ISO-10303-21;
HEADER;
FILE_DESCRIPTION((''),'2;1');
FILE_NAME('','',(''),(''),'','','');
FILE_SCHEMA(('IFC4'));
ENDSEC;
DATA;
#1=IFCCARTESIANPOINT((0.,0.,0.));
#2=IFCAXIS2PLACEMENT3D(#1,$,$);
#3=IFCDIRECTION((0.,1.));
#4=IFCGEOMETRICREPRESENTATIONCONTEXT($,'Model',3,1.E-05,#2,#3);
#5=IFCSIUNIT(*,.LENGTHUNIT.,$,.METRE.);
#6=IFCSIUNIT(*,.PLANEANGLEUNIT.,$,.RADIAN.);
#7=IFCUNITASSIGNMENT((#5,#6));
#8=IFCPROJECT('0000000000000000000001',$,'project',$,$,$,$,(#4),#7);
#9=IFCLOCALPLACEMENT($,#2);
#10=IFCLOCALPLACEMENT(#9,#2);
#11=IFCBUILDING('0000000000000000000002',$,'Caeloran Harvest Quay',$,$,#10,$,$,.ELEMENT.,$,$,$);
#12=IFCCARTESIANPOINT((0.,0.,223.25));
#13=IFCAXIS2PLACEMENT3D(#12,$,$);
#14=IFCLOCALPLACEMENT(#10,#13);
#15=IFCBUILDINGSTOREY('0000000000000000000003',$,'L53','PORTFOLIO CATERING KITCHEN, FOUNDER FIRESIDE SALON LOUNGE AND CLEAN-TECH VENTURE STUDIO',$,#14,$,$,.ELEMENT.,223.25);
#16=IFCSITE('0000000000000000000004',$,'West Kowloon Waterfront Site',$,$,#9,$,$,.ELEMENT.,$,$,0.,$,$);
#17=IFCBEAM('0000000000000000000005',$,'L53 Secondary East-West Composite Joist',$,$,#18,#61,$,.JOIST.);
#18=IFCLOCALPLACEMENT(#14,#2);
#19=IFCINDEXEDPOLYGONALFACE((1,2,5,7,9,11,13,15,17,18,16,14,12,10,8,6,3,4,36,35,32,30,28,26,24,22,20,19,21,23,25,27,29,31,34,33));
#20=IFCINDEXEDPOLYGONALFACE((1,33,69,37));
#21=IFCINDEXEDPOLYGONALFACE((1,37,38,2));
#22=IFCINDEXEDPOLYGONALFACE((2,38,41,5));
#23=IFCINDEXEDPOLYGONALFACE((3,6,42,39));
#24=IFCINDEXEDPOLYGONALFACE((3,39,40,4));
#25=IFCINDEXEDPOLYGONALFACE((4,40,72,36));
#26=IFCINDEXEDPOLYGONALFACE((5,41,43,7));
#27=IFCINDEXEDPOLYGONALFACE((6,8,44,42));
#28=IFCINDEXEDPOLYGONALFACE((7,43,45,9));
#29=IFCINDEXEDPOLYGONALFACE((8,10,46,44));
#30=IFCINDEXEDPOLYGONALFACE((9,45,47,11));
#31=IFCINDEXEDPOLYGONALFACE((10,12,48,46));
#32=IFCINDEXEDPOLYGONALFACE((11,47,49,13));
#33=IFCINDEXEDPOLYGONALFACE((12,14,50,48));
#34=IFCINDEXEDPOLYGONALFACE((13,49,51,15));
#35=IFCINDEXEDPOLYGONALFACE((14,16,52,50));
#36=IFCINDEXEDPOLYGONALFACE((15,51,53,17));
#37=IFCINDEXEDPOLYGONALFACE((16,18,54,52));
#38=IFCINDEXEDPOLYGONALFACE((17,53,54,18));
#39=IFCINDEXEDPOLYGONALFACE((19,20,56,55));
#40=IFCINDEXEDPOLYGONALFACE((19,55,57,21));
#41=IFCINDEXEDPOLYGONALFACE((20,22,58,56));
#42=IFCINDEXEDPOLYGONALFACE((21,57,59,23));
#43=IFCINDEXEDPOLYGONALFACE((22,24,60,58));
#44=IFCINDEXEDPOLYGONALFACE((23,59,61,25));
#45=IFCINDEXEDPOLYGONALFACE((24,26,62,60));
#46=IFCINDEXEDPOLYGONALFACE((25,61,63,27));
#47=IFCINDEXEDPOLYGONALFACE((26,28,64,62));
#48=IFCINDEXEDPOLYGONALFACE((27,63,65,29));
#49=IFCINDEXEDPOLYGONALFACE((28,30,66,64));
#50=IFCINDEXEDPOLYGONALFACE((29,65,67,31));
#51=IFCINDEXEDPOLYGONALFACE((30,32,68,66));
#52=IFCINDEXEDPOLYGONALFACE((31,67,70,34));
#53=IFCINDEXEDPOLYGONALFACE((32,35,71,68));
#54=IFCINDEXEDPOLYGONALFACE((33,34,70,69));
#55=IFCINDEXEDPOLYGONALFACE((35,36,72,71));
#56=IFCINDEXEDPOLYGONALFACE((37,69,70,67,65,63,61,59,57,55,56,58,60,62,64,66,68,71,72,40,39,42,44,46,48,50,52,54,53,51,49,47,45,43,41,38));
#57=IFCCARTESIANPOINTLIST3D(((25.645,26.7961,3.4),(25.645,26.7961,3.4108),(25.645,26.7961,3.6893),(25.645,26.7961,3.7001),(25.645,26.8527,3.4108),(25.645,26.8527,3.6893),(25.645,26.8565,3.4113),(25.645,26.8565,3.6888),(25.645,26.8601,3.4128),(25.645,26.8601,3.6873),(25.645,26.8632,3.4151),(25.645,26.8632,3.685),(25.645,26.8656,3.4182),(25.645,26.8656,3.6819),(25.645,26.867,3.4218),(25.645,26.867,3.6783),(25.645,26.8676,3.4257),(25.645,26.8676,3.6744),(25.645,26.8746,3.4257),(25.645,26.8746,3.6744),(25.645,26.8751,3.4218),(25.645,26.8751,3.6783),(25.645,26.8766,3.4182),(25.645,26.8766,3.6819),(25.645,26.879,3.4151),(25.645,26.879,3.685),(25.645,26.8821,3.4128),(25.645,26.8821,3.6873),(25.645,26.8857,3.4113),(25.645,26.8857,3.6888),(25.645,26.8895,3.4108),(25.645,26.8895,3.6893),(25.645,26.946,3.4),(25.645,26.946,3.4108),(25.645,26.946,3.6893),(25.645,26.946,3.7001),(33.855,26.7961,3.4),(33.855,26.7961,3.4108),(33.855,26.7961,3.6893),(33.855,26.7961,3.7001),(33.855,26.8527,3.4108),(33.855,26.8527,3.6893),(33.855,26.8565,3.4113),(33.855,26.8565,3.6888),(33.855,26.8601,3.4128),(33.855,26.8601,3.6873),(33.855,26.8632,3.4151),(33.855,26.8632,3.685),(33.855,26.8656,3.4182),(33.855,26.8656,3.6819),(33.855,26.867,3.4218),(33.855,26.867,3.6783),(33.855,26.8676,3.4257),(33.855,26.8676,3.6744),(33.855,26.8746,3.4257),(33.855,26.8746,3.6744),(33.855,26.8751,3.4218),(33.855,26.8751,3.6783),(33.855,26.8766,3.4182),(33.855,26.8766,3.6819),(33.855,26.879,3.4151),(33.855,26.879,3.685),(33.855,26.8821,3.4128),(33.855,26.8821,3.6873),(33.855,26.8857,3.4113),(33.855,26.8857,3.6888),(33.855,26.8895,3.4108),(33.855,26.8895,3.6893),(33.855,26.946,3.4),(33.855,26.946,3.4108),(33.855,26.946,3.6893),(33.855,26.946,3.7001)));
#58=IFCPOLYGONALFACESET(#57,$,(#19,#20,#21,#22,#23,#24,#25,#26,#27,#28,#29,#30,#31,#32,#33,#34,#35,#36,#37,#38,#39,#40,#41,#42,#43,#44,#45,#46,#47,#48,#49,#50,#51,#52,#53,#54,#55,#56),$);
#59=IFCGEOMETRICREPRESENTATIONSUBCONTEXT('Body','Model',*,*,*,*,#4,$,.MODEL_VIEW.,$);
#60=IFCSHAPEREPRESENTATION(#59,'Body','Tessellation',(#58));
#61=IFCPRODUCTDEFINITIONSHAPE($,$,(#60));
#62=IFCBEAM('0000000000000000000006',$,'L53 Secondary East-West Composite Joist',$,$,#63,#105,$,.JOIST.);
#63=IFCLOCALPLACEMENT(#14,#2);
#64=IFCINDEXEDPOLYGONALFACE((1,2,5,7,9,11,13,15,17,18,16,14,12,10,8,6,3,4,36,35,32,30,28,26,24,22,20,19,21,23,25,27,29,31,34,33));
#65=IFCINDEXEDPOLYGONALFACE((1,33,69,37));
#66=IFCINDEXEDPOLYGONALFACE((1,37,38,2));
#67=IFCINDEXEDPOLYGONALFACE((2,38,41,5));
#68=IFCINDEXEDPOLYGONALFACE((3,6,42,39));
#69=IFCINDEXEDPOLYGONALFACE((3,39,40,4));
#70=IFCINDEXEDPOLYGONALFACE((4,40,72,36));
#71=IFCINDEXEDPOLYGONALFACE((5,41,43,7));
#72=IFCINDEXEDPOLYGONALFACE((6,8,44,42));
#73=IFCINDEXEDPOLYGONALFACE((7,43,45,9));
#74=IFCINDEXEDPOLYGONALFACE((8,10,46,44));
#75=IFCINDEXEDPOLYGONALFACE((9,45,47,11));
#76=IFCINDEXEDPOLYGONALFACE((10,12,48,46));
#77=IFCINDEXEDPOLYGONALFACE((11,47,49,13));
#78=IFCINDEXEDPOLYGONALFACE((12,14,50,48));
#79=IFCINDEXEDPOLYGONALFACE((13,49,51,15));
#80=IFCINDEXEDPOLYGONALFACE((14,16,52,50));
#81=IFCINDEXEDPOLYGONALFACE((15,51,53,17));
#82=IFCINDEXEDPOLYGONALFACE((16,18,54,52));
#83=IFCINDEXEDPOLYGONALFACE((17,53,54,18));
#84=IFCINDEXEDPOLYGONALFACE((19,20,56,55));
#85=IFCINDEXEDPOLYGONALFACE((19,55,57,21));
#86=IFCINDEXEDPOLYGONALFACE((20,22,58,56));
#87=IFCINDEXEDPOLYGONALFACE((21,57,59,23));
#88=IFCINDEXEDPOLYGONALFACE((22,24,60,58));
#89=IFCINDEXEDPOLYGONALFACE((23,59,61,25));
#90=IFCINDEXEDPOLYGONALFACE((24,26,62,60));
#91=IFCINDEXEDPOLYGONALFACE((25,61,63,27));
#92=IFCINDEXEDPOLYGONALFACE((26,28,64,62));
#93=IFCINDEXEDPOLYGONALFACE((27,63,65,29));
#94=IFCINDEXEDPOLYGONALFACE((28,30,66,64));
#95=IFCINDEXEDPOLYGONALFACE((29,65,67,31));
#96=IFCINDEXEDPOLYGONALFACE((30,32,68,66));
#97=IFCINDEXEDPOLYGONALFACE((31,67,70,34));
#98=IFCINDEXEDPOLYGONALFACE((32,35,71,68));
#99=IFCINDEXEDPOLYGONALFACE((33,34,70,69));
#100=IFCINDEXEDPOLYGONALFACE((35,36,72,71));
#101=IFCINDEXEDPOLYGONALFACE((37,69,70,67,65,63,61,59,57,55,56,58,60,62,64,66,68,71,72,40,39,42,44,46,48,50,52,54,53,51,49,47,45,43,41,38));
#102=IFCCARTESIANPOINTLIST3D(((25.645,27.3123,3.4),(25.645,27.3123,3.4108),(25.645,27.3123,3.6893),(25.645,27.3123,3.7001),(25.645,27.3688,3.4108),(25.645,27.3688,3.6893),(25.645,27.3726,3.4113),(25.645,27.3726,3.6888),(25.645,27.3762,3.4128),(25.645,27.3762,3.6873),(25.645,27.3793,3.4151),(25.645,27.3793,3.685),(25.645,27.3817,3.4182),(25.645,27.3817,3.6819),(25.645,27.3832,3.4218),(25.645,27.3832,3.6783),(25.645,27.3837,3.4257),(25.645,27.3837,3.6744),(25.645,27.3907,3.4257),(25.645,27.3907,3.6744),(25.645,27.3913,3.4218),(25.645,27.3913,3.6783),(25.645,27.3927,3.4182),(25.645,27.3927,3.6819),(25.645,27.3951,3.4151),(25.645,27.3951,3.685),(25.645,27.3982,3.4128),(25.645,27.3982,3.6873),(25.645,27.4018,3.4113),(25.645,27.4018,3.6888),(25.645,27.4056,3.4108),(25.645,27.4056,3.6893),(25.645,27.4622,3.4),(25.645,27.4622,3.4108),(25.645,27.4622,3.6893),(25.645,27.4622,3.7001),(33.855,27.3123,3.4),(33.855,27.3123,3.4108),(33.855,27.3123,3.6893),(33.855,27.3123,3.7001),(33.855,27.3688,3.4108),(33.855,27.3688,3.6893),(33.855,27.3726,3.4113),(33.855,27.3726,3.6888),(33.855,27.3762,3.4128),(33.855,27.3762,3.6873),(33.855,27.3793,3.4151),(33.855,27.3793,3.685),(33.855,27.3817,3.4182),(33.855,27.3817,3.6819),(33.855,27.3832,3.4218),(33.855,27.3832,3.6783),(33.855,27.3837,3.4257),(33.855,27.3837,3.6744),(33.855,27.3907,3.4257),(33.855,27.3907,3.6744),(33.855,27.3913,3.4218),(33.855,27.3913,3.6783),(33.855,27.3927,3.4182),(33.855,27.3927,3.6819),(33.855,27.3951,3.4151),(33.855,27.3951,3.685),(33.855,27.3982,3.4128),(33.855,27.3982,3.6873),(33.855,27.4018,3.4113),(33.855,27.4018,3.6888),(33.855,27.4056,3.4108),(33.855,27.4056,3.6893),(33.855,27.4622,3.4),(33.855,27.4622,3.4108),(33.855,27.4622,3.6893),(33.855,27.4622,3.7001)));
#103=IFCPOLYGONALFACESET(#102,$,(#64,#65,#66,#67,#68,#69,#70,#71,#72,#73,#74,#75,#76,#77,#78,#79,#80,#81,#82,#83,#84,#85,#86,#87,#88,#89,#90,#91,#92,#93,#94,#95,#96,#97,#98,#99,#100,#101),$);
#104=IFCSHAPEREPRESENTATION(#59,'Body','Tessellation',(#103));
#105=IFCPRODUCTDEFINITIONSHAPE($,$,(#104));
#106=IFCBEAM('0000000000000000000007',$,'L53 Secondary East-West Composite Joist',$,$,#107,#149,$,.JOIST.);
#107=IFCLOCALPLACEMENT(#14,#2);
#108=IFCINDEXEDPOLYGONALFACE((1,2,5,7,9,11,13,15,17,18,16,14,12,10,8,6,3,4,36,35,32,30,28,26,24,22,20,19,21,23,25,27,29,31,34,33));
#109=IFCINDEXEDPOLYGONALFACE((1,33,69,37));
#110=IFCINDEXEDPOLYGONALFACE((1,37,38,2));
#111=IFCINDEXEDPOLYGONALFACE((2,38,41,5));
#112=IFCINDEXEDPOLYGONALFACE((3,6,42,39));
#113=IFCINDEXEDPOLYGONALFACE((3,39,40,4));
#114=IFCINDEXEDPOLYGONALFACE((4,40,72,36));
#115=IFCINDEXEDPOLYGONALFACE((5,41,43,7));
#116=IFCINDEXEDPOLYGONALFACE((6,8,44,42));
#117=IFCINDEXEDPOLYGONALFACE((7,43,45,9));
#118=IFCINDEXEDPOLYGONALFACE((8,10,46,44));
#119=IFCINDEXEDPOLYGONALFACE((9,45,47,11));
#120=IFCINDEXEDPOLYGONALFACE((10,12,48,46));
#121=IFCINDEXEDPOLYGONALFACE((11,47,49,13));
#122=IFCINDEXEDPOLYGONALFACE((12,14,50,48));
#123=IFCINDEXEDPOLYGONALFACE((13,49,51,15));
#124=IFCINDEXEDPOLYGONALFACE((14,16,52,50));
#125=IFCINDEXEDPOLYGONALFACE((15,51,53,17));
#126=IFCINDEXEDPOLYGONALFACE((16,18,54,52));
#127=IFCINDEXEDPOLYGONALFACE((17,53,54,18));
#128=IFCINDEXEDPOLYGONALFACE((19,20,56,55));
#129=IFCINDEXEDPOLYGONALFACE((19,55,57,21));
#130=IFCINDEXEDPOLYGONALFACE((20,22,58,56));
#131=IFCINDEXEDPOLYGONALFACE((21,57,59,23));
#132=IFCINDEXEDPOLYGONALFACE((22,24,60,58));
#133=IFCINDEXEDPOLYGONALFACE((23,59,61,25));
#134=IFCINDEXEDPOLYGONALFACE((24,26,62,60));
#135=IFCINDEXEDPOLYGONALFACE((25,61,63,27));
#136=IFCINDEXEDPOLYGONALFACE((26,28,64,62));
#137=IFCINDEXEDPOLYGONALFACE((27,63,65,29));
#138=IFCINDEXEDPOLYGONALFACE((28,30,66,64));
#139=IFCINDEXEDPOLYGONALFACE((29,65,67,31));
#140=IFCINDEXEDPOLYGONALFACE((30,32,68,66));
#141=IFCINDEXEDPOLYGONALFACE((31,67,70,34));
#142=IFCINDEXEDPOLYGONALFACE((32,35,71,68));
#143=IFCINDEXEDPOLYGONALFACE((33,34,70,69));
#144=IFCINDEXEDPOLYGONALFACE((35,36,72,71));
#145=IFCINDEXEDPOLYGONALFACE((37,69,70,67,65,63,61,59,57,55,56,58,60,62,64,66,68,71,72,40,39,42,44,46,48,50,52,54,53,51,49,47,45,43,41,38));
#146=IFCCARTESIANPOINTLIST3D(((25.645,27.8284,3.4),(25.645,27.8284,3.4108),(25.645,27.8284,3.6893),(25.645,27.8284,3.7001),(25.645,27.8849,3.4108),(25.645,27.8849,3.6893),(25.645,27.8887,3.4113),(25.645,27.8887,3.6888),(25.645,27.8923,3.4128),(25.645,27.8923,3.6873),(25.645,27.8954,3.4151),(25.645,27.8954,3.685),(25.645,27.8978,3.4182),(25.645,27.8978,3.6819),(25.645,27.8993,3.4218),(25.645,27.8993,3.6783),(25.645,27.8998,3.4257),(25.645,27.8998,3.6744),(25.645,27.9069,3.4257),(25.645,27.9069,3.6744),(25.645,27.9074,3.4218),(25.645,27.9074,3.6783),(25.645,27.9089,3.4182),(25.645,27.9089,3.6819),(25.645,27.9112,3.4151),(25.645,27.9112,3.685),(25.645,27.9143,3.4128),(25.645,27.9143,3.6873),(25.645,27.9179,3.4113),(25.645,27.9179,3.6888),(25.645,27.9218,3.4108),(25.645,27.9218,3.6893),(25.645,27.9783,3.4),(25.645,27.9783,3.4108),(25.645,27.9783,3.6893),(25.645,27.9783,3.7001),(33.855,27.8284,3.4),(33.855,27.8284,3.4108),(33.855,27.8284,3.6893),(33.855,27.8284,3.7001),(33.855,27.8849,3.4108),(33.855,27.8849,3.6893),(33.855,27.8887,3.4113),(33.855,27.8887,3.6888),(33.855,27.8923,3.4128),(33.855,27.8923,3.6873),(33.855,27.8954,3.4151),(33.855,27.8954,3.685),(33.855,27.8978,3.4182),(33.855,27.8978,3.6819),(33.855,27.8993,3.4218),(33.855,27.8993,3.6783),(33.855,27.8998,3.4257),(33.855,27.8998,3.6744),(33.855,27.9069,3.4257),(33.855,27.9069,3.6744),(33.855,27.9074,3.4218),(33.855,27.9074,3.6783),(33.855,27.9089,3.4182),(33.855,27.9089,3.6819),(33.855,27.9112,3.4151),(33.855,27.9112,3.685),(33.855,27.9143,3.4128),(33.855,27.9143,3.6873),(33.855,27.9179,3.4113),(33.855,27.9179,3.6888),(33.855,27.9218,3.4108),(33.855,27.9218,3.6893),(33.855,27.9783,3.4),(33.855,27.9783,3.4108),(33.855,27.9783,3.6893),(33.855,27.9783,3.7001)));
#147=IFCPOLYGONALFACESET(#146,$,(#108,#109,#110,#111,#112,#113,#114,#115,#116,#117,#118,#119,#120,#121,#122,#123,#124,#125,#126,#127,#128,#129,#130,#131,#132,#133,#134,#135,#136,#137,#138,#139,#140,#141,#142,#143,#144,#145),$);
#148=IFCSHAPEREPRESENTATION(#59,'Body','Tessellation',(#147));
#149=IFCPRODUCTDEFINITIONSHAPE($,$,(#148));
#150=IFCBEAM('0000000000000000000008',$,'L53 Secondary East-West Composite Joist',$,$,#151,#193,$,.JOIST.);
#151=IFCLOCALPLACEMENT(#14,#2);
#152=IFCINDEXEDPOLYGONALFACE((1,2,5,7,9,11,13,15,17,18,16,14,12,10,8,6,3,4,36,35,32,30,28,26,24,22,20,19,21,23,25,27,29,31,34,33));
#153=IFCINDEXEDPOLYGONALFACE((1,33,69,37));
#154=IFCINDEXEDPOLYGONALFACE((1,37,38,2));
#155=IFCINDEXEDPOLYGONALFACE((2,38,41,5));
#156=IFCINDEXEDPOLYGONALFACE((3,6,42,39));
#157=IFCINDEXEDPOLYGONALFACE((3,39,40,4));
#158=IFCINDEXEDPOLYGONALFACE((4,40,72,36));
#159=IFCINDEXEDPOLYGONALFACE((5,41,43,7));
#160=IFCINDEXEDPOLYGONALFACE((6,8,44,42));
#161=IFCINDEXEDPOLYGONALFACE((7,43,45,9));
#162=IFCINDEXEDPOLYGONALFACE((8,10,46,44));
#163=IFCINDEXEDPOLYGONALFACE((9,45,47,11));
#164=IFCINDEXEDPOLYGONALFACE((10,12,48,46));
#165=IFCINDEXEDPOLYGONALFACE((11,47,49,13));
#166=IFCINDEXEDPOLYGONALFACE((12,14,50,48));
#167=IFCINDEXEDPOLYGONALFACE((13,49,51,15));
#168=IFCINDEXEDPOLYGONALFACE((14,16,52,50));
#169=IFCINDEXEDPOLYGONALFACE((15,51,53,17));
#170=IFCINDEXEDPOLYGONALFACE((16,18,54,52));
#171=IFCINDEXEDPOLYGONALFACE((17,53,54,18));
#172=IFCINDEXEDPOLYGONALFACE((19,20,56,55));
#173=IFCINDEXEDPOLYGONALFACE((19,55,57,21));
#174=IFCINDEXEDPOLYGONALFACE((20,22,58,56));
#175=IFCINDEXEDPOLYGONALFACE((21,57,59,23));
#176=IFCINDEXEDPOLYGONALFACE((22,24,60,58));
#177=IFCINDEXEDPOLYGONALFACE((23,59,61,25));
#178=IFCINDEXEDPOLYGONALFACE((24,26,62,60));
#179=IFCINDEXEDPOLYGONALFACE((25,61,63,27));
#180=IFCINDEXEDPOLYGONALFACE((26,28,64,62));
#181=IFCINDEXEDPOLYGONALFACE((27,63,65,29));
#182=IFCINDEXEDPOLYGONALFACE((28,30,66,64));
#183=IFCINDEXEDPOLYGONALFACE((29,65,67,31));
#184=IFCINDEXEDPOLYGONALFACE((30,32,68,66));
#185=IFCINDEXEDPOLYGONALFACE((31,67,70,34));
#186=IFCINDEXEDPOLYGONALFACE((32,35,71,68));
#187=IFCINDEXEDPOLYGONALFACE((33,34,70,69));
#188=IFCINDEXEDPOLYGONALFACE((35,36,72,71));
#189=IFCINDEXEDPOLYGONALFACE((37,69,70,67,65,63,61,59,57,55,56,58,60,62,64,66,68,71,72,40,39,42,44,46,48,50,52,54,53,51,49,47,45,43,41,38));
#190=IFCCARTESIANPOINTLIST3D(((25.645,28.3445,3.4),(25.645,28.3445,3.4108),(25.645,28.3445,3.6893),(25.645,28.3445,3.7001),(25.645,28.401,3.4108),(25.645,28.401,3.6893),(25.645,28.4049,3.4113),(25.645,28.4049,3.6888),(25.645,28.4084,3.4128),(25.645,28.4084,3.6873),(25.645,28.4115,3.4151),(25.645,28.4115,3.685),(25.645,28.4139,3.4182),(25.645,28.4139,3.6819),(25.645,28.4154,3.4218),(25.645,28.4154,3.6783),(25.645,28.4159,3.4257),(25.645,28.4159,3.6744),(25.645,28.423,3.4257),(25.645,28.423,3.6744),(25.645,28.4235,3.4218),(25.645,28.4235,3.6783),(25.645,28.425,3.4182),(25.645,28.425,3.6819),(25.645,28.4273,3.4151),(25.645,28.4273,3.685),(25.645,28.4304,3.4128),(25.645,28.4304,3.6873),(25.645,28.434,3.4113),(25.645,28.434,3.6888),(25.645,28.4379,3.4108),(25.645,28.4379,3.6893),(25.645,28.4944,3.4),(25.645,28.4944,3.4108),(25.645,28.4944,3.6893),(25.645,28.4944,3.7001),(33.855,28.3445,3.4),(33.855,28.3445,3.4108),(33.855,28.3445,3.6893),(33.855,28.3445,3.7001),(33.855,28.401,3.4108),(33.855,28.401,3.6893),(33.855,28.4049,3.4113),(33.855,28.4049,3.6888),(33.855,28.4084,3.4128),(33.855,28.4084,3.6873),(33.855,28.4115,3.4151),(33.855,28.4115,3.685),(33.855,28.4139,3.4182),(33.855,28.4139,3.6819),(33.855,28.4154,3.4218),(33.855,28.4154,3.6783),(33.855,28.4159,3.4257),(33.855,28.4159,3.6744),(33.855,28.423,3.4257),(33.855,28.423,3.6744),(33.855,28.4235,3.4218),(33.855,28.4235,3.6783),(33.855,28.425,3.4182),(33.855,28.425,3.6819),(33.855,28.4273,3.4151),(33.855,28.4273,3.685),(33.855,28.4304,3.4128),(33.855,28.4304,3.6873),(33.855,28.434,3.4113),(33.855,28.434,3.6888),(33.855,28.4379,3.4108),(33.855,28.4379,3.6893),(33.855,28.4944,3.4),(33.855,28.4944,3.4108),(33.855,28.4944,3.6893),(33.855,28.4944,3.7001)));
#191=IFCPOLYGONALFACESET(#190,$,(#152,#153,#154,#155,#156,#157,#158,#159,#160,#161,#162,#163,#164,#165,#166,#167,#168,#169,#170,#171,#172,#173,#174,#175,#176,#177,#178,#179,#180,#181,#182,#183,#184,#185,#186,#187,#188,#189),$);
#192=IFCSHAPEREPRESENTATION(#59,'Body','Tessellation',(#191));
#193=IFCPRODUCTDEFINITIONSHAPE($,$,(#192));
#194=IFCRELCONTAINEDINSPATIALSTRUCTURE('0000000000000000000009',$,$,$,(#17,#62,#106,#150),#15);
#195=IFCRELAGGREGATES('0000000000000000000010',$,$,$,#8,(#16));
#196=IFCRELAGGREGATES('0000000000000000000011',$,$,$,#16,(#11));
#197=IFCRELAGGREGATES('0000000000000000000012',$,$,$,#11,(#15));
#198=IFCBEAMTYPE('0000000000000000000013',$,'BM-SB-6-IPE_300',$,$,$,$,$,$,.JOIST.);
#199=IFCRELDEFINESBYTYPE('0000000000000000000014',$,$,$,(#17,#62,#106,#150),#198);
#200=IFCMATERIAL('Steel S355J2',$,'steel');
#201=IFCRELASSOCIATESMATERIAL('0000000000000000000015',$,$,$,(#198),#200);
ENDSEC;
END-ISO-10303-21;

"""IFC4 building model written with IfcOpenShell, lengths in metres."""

from ifc_helpers import new_model, si_unit, direction, frame, origin, origin_2d, place, context, subcontext, project, spatial, i_section, extrude, material, material_profile, profile_set, type_object, element, save


model = new_model("IFC4")

# Units and contexts
model_context = context("Model", 3, precision=1e-05, world=origin(), true_north=direction((0.0, 1.0)))
body_context = subcontext(model_context, "Body", "Model", "MODEL_VIEW")
ifc_project = project(units=[si_unit("LENGTHUNIT", "METRE"), si_unit("PLANEANGLEUNIT", "RADIAN")], contexts=[model_context])

# Site, building, storey
site_placement = place(None, origin())
site = spatial("IfcSite", under=ifc_project, at=site_placement, Name="West Kowloon Waterfront Site", CompositionType="ELEMENT", RefElevation=0.0)
building_placement = place(site_placement, origin())
building = spatial("IfcBuilding", under=site, at=building_placement, Name="Caeloran Harvest Quay", CompositionType="ELEMENT")
storey_placement = place(building_placement, frame((0.0, 0.0, 223.25)))
storey = spatial("IfcBuildingStorey", under=building, at=storey_placement, Name="L53", Description="PORTFOLIO CATERING KITCHEN, FOUNDER FIRESIDE SALON LOUNGE AND CLEAN-TECH VENTURE STUDIO", CompositionType="ELEMENT", Elevation=223.25)

# Beams
ifc_material_1 = material(Name="Steel S355J2", Category="steel")
ifc_material_profile_1 = material_profile(ifc_material_1, i_section(OverallWidth=0.1499, OverallDepth=0.3, WebThickness=0.0071, FlangeThickness=0.0107, FilletRadius=0.0149, at=origin_2d()), Name="IPE 300")
ifc_profile_set_1 = profile_set([ifc_material_profile_1], Name="Steel S355J2")
beam_type_1 = type_object("IfcBeamType", Name="BM-SB-6-IPE_300", PredefinedType="JOIST", material=ifc_profile_set_1)
for number, where, z_axis, x_axis, name in (
    (1, (25.645, 26.8711, 3.55), (1.0, 0.0, 0.0), (0.0, 1.0, 0.0), "L53 Secondary East-West Composite Joist"),
    (2, (25.645, 27.3872, 3.55), (1.0, 0.0, 0.0), (0.0, 1.0, 0.0), "L53 Secondary East-West Composite Joist"),
    (3, (25.645, 27.9033, 3.55), (1.0, 0.0, 0.0), (0.0, 1.0, 0.0), "L53 Secondary East-West Composite Joist"),
    (4, (25.645, 28.4194, 3.55), (1.0, 0.0, 0.0), (0.0, 1.0, 0.0), "L53 Secondary East-West Composite Joist"),
):
    element("IfcBeam", number, at=place(storey_placement, frame(where, z_axis=z_axis, x_axis=x_axis)), inside=storey, type_object=beam_type_1, Name=name, PredefinedType="JOIST", context=body_context, shape_type="SweptSolid", body=[
        extrude(i_section(OverallWidth=0.1499, OverallDepth=0.3, WebThickness=0.0071, FlangeThickness=0.0107, FilletRadius=0.0149, at=origin_2d()), origin(), (0.0, 0.0, 1.0), 8.21),
    ])

save(model, "model.ifc")
